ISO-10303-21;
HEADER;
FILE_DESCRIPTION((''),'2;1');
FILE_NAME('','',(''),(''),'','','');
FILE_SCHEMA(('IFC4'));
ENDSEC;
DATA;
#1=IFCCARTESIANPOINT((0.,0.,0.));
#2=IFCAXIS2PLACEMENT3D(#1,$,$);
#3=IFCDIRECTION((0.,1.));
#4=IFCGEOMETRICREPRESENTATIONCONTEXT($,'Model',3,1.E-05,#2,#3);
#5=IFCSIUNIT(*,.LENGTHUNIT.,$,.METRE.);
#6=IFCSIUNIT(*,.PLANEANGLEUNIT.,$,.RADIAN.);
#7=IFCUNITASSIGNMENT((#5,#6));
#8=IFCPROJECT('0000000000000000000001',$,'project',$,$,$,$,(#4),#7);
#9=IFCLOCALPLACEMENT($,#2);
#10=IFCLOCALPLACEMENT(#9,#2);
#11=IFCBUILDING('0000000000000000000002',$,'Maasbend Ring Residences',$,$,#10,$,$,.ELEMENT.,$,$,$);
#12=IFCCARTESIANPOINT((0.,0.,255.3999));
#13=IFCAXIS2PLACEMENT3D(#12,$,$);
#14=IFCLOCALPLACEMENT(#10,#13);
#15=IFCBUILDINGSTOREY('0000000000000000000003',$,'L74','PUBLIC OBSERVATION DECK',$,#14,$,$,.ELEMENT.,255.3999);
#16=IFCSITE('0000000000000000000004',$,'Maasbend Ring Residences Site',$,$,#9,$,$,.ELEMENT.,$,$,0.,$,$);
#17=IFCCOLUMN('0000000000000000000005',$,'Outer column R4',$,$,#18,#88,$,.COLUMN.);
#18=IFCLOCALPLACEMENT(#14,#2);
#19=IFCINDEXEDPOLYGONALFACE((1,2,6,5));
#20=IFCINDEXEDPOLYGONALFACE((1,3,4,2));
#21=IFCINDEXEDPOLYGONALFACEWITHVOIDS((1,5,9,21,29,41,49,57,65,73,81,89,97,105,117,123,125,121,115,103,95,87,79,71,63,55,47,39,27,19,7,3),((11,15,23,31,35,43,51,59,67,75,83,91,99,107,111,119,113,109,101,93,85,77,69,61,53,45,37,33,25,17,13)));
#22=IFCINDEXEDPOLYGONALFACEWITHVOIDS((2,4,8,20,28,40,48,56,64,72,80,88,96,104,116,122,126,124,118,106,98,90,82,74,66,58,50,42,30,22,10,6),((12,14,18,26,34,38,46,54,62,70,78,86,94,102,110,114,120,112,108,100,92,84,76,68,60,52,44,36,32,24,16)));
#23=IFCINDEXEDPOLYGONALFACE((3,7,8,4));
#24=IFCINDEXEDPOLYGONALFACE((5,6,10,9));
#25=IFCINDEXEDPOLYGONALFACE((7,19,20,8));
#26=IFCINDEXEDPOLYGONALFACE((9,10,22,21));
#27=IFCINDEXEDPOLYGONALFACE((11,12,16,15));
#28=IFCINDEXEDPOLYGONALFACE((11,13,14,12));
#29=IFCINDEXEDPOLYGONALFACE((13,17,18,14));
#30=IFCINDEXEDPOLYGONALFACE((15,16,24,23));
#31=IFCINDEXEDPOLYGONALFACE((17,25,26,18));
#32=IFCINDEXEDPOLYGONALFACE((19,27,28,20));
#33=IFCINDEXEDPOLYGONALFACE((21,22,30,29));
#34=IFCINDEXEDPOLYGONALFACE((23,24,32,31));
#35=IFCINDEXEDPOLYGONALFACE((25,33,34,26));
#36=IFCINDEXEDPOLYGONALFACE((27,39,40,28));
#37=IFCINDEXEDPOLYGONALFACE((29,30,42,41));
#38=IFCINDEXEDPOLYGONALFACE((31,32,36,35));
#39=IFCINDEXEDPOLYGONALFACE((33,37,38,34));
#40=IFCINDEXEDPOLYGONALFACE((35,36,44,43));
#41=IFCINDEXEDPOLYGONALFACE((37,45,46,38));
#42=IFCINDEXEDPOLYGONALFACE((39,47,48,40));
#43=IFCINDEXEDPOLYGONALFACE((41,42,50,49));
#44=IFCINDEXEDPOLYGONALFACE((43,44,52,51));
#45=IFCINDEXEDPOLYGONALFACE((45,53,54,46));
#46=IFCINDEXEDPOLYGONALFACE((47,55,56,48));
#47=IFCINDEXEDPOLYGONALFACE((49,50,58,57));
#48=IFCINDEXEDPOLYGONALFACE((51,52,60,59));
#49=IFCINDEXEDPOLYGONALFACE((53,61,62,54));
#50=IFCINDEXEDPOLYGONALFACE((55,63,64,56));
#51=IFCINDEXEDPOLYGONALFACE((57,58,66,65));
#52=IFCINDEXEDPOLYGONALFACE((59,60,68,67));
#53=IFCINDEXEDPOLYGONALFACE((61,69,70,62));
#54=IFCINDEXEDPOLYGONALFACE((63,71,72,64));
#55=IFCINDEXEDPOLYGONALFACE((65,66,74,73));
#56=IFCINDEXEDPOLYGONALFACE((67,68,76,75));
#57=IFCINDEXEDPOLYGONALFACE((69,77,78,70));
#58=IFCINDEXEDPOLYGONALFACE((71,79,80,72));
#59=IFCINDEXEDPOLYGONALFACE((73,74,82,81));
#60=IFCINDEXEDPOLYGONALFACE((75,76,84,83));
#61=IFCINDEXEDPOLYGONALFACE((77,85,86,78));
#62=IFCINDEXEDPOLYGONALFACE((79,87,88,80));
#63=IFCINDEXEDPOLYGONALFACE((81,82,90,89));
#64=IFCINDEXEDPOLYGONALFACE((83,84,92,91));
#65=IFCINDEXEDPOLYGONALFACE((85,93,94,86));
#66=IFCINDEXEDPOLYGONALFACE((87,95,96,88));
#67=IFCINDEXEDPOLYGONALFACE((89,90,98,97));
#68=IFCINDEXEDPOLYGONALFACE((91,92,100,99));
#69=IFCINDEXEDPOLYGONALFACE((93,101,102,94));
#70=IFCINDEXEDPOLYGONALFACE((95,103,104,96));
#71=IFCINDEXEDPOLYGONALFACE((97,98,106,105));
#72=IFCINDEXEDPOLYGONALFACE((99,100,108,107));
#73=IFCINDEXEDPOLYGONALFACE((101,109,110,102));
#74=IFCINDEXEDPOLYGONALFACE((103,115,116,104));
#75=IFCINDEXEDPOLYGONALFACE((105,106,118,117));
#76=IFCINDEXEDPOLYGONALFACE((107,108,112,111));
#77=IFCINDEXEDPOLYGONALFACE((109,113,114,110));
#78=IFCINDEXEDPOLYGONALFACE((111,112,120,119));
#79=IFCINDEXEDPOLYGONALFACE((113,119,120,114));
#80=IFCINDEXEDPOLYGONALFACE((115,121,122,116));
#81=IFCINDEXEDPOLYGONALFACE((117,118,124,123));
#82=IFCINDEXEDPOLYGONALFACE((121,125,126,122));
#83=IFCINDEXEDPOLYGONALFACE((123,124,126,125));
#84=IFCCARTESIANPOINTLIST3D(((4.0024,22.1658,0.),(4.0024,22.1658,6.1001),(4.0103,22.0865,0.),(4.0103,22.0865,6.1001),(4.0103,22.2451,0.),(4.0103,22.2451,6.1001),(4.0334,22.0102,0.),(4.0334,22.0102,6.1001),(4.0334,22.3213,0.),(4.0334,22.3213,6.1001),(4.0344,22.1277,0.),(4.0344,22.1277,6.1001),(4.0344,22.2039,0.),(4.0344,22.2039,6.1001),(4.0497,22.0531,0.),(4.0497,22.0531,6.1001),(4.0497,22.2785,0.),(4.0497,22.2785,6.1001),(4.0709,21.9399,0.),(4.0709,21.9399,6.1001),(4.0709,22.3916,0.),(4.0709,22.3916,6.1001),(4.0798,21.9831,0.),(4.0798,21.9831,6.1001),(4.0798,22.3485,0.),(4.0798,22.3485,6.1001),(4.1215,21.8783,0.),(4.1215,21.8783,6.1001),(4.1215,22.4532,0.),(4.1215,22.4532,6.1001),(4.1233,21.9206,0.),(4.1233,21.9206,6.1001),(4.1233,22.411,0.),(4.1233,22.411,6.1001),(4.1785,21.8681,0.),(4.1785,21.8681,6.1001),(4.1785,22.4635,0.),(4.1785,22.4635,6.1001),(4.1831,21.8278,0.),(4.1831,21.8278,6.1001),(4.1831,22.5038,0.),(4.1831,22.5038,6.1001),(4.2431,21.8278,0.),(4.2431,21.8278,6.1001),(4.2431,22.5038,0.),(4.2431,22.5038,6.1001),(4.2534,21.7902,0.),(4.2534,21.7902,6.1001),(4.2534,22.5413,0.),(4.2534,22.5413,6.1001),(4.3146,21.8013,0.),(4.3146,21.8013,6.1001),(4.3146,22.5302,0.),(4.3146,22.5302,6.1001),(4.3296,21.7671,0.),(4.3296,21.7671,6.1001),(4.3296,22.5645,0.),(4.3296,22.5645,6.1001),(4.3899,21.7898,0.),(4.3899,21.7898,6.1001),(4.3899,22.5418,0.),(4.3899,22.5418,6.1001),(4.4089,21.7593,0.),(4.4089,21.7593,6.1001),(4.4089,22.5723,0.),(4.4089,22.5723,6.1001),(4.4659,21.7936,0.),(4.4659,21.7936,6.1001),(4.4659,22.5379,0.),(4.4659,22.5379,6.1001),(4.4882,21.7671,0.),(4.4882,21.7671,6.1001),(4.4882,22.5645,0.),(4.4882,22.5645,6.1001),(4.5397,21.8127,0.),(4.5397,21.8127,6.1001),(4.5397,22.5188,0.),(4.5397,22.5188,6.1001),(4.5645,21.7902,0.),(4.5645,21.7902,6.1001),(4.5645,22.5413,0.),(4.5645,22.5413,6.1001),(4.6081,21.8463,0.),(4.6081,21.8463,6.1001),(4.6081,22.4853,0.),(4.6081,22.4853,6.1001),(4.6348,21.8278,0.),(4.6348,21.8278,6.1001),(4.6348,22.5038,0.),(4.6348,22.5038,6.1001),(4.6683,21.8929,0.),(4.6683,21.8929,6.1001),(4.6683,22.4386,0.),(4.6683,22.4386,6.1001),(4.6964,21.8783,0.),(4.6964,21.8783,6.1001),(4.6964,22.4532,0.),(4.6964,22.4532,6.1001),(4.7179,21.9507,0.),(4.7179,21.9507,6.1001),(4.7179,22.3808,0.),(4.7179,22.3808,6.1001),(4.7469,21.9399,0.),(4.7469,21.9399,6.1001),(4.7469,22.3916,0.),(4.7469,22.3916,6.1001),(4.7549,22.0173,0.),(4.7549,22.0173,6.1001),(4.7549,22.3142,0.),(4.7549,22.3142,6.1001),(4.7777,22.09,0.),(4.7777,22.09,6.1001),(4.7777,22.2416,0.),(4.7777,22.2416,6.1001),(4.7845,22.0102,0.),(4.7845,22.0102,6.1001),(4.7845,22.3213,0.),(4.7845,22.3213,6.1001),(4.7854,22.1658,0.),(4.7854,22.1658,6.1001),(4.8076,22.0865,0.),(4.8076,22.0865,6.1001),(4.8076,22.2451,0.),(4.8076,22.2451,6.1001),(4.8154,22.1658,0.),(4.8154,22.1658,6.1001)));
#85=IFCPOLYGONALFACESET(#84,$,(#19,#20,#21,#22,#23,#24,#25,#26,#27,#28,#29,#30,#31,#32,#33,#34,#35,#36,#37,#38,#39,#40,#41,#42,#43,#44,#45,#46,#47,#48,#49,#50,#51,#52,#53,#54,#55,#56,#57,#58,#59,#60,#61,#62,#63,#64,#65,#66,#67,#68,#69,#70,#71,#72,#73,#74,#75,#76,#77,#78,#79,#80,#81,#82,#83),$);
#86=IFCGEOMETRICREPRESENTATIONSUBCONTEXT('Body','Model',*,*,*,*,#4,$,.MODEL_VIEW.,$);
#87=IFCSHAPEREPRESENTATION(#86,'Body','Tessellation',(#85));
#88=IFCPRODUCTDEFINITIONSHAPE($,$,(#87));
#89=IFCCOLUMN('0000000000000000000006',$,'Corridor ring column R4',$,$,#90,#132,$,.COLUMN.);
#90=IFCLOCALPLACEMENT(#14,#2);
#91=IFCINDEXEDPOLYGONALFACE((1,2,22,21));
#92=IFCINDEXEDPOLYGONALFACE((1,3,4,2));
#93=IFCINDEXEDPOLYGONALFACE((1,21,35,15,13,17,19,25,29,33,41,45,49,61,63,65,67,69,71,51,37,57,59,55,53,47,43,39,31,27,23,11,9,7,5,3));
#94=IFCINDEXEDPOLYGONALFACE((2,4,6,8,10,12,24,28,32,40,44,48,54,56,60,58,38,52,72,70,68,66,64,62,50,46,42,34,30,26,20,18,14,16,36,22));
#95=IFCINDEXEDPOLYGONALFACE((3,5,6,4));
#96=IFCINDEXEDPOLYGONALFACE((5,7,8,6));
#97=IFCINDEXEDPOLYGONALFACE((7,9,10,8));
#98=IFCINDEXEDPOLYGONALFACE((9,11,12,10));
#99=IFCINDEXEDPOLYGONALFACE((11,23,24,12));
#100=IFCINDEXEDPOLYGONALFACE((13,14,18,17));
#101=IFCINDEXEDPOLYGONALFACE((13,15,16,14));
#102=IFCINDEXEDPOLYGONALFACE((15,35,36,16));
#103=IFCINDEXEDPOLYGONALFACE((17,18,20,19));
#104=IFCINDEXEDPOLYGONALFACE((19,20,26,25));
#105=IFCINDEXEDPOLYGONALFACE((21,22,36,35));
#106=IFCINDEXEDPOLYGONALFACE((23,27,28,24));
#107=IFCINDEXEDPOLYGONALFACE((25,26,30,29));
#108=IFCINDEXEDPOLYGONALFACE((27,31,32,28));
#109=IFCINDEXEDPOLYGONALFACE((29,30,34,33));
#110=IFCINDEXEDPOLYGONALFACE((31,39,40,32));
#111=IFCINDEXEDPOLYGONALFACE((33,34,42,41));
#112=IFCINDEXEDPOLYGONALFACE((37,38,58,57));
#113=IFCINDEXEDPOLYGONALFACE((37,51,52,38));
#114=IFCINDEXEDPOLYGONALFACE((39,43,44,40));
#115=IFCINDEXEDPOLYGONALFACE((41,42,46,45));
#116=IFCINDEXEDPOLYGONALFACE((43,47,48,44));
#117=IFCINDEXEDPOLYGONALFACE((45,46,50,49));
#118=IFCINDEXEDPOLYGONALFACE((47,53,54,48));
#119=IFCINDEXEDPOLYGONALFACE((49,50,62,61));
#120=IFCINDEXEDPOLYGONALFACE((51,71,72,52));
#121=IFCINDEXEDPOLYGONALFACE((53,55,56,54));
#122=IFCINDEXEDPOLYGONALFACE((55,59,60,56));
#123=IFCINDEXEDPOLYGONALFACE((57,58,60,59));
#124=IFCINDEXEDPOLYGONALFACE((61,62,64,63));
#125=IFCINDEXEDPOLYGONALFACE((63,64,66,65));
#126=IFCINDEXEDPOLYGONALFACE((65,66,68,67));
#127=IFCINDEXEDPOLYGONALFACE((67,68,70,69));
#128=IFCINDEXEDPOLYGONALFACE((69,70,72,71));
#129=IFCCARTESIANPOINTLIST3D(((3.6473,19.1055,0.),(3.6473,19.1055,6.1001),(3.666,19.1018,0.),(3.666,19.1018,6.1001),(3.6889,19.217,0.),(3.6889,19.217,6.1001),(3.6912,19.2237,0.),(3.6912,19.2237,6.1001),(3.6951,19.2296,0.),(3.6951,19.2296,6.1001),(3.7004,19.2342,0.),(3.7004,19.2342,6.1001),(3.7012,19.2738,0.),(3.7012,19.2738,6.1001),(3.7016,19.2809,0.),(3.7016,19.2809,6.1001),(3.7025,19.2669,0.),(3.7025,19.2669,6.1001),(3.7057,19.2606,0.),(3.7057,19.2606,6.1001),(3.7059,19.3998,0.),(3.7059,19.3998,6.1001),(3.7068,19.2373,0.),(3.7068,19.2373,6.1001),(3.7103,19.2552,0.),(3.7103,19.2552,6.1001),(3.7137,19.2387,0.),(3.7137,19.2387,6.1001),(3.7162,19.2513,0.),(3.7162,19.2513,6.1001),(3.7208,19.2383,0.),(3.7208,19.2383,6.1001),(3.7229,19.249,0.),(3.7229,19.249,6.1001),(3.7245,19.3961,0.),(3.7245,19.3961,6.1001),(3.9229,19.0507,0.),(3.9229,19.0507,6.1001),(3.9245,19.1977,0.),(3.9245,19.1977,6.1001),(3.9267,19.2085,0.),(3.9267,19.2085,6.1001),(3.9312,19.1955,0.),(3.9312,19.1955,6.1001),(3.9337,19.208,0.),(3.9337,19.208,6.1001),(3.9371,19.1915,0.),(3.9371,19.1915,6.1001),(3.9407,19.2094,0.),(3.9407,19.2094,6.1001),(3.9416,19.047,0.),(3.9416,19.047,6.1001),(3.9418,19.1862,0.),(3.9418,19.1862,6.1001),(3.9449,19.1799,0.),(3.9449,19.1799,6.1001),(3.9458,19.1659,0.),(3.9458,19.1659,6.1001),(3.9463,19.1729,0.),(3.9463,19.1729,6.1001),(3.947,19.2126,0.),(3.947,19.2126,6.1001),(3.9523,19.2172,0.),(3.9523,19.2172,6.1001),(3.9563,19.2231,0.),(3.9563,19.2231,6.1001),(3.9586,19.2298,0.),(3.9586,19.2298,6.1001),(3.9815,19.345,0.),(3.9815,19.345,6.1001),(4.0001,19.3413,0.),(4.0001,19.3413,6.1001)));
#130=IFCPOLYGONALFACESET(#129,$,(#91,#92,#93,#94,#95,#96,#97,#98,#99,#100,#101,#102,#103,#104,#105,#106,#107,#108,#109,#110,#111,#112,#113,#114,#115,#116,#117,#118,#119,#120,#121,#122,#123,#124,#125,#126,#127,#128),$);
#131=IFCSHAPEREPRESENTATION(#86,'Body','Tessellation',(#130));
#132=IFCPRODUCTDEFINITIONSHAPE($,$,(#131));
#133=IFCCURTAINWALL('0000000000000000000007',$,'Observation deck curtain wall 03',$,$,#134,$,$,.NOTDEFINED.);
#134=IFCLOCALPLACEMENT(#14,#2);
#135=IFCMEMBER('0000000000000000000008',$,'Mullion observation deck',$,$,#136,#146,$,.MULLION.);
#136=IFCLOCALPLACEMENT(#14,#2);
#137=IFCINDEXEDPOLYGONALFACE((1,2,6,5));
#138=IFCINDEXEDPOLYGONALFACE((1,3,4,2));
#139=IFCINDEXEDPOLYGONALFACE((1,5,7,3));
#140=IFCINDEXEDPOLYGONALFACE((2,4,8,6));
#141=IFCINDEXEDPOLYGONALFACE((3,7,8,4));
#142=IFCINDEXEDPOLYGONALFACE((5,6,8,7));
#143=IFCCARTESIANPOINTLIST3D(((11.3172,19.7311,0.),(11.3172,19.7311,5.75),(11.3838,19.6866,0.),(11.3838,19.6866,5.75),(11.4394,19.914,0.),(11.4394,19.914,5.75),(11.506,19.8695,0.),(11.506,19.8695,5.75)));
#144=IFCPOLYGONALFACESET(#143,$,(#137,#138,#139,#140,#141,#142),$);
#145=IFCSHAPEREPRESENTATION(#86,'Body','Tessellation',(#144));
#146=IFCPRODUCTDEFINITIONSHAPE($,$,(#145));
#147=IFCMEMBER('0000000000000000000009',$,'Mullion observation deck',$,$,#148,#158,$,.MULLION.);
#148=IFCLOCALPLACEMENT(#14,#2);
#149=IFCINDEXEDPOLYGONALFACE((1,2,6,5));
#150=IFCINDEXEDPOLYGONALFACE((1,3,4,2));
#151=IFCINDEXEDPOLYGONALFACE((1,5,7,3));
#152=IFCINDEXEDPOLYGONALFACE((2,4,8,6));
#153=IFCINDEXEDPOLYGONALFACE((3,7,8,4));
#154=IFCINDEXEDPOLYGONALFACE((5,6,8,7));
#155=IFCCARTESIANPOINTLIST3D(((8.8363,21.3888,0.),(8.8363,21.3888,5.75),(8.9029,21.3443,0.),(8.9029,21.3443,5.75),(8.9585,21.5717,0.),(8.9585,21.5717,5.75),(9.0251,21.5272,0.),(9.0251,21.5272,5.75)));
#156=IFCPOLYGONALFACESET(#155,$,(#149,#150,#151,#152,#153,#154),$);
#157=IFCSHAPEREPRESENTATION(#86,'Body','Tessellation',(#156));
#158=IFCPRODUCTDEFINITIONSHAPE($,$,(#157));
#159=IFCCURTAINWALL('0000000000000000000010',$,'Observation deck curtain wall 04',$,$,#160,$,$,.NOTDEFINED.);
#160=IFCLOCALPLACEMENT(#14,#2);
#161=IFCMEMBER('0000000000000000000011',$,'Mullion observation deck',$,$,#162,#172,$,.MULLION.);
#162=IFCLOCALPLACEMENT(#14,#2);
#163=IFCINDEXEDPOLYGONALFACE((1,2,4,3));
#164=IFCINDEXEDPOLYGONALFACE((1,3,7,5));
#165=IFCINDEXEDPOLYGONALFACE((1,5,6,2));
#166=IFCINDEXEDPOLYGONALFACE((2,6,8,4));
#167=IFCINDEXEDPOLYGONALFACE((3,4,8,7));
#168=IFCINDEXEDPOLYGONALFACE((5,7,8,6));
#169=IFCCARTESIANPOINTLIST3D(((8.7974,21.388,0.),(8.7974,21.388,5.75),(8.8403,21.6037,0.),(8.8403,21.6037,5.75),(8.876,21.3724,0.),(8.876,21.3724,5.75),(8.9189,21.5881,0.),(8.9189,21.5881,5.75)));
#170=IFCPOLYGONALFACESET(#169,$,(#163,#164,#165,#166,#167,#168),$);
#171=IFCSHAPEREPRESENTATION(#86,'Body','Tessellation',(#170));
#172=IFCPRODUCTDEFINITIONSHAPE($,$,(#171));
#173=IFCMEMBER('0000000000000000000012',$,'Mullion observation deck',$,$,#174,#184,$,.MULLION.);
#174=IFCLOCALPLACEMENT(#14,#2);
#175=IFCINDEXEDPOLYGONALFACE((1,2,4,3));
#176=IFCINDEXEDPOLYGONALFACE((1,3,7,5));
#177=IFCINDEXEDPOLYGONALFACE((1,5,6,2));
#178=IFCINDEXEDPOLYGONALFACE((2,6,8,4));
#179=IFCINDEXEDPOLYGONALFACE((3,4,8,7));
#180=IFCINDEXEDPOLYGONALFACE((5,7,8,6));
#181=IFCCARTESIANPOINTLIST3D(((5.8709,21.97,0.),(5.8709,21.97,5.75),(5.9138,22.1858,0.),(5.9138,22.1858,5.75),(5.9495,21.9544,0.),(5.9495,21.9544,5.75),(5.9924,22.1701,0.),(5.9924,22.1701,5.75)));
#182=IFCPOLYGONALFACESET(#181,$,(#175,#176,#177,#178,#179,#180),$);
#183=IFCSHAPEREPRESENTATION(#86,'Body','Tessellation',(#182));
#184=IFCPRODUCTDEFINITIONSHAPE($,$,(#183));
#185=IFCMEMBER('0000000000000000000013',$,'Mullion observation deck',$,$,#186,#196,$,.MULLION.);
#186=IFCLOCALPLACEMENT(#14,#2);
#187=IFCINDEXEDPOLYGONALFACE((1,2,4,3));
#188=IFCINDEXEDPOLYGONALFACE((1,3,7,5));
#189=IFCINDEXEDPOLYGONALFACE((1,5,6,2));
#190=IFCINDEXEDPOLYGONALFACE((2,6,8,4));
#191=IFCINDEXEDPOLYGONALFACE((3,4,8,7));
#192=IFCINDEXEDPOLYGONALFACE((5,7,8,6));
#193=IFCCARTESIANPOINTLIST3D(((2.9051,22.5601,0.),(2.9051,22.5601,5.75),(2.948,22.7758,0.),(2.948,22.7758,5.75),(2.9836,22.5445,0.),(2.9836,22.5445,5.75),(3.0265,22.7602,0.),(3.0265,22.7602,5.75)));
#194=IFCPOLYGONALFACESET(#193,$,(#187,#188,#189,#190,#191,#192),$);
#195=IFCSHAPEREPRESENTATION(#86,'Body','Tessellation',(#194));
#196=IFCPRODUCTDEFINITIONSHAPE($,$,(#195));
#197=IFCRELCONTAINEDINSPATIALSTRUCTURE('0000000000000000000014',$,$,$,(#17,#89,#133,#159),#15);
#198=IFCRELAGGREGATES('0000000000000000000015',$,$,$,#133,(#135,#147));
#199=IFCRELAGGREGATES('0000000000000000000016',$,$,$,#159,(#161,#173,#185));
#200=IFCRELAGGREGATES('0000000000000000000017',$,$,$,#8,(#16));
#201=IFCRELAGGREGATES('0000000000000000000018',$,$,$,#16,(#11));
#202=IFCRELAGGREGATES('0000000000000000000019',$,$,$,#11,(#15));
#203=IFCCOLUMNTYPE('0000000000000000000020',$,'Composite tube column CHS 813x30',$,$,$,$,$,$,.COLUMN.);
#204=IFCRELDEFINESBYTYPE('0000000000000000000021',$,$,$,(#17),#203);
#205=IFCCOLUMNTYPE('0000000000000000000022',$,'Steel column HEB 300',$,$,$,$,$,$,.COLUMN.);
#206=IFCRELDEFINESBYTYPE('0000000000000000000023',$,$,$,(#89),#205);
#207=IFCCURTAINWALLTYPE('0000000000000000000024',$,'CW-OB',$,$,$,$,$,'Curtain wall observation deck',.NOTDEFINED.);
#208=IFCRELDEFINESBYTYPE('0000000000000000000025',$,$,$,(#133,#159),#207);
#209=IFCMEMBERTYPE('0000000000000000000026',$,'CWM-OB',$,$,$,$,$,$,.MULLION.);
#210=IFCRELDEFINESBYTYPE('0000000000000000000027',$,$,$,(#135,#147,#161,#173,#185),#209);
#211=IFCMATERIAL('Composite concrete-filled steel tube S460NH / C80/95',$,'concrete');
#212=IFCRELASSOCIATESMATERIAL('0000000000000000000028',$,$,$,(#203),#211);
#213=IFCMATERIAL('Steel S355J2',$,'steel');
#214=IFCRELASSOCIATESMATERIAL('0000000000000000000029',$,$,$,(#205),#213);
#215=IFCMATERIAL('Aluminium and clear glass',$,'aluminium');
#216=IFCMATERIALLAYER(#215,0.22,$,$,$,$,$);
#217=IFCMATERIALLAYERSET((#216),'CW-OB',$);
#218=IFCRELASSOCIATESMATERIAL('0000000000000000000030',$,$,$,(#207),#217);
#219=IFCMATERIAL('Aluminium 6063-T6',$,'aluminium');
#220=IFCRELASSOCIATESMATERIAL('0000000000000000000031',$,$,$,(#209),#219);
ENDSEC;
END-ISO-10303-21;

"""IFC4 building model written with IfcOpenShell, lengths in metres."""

from ifc_helpers import new_model, si_unit, direction, frame, origin, origin_2d, place, context, subcontext, project, spatial, rectangle, hollow_circle, i_section, extrude, material, layer, layer_set, material_profile, profile_set, type_object, element, aggregate, save


model = new_model("IFC4")

# Units and contexts
model_context = context("Model", 3, precision=1e-05, world=origin(), true_north=direction((0.0, 1.0)))
body_context = subcontext(model_context, "Body", "Model", "MODEL_VIEW")
ifc_project = project(units=[si_unit("LENGTHUNIT", "METRE"), si_unit("PLANEANGLEUNIT", "RADIAN")], contexts=[model_context])

# Site, building, storey
site_placement = place(None, origin())
site = spatial("IfcSite", under=ifc_project, at=site_placement, Name="Maasbend Ring Residences Site", CompositionType="ELEMENT", RefElevation=0.0)
building_placement = place(site_placement, origin())
building = spatial("IfcBuilding", under=site, at=building_placement, Name="Maasbend Ring Residences", CompositionType="ELEMENT")
storey_placement = place(building_placement, frame((0.0, 0.0, 255.3999)))
storey = spatial("IfcBuildingStorey", under=building, at=storey_placement, Name="L74", Description="PUBLIC OBSERVATION DECK", CompositionType="ELEMENT", Elevation=255.3999)

# Columns
ifc_material_1 = material(Name="Composite concrete-filled steel tube S460NH / C80/95", Category="concrete")
ifc_material_profile_1 = material_profile(ifc_material_1, hollow_circle(Radius=0.4065, WallThickness=0.03, at=origin_2d()), Name="Composite tube column CHS 813x30")
ifc_profile_set_1 = profile_set([ifc_material_profile_1], Name="Composite concrete-filled steel tube S460NH / C80/95")
column_type_1 = type_object("IfcColumnType", Name="Composite tube column CHS 813x30", PredefinedType="COLUMN", material=ifc_profile_set_1)
column_1_placement = place(storey_placement, frame((4.4089, 22.1658, 0.0), z_axis=(0.0, 0.0, 1.0), x_axis=(1.0, 0.0, 0.0)))
element("IfcColumn", 1, at=column_1_placement, inside=storey, type_object=column_type_1, Name="Outer column R4", PredefinedType="COLUMN", context=body_context, shape_type="SweptSolid", body=[
    extrude(hollow_circle(Radius=0.4065, WallThickness=0.03, at=origin_2d()), origin(), (0.0, 0.0, 1.0), 6.1001),
])
ifc_material_2 = material(Name="Steel S355J2", Category="steel")
ifc_material_profile_2 = material_profile(ifc_material_2, i_section(OverallWidth=0.3, OverallDepth=0.3, WebThickness=0.011, FlangeThickness=0.019, FilletRadius=0.0271, at=origin_2d()), Name="HEB 300")
ifc_profile_set_2 = profile_set([ifc_material_profile_2], Name="Steel S355J2")
column_type_2 = type_object("IfcColumnType", Name="Steel column HEB 300", PredefinedType="COLUMN", material=ifc_profile_set_2)
column_2_placement = place(storey_placement, frame((3.8237, 19.2234, 0.0), z_axis=(0.0, 0.0, 1.0), x_axis=(0.19509, 0.980785, 0.0)))
element("IfcColumn", 2, at=column_2_placement, inside=storey, type_object=column_type_2, Name="Corridor ring column R4", PredefinedType="COLUMN", context=body_context, shape_type="SweptSolid", body=[
    extrude(i_section(OverallWidth=0.3, OverallDepth=0.3, WebThickness=0.011, FlangeThickness=0.019, FilletRadius=0.0271, at=origin_2d()), origin(), (0.0, 0.0, 1.0), 6.1001),
])

# Curtain walls, members
ifc_material_3 = material(Name="Aluminium and clear glass", Category="aluminium")
ifc_layer_1 = layer(ifc_material_3, 0.22)
ifc_layer_set_1 = layer_set([ifc_layer_1], Name="CW-OB")
curtain_wall_type = type_object("IfcCurtainWallType", Name="CW-OB", ElementType="Curtain wall observation deck", PredefinedType="NOTDEFINED", material=ifc_layer_set_1)
curtain_wall_1_placement = place(storey_placement, origin())
curtain_wall_1 = element("IfcCurtainWall", 3, at=curtain_wall_1_placement, inside=storey, type_object=curtain_wall_type, Name="Observation deck curtain wall 03", PredefinedType="NOTDEFINED")
ifc_material_4 = material(Name="Aluminium 6063-T6", Category="aluminium")
ifc_material_profile_3 = material_profile(ifc_material_4, rectangle(XDim=0.22, YDim=0.0801, at=origin_2d()), Name="AL 220x80")
ifc_profile_set_3 = profile_set([ifc_material_profile_3], Name="Aluminium 6063-T6")
member_type_1 = type_object("IfcMemberType", Name="CWM-OB", PredefinedType="MULLION", material=ifc_profile_set_3)
member_1_placement = place(storey_placement, frame((11.4116, 19.8003, 0.0), z_axis=(0.0, 0.0, 1.0), x_axis=(-0.55557, -0.83147, 0.0)))
member_1 = element("IfcMember", 4, at=member_1_placement, type_object=member_type_1, Name="Mullion observation deck", PredefinedType="MULLION", context=body_context, shape_type="SweptSolid", body=[
    extrude(rectangle(XDim=0.22, YDim=0.0801, at=origin_2d()), origin(), (0.0, 0.0, 1.0), 5.75),
])
member_2_placement = place(storey_placement, frame((8.9307, 21.458, 0.0), z_axis=(0.0, 0.0, 1.0), x_axis=(-0.55557, -0.83147, 0.0)))
member_2 = element("IfcMember", 5, at=member_2_placement, type_object=member_type_1, Name="Mullion observation deck", PredefinedType="MULLION", context=body_context, shape_type="SweptSolid", body=[
    extrude(rectangle(XDim=0.22, YDim=0.0801, at=origin_2d()), origin(), (0.0, 0.0, 1.0), 5.75),
])
curtain_wall_2_placement = place(storey_placement, origin())
curtain_wall_2 = element("IfcCurtainWall", 6, at=curtain_wall_2_placement, inside=storey, type_object=curtain_wall_type, Name="Observation deck curtain wall 04", PredefinedType="NOTDEFINED")
member_3_placement = place(storey_placement, frame((8.8582, 21.488, 0.0), z_axis=(0.0, 0.0, 1.0), x_axis=(-0.19509, -0.980785, 0.0)))
member_3 = element("IfcMember", 7, at=member_3_placement, type_object=member_type_1, Name="Mullion observation deck", PredefinedType="MULLION", context=body_context, shape_type="SweptSolid", body=[
    extrude(rectangle(XDim=0.22, YDim=0.0801, at=origin_2d()), origin(), (0.0, 0.0, 1.0), 5.75),
])
member_4_placement = place(storey_placement, frame((5.9316, 22.0701, 0.0), z_axis=(0.0, 0.0, 1.0), x_axis=(-0.19509, -0.980785, 0.0)))
member_4 = element("IfcMember", 8, at=member_4_placement, type_object=member_type_1, Name="Mullion observation deck", PredefinedType="MULLION", context=body_context, shape_type="SweptSolid", body=[
    extrude(rectangle(XDim=0.22, YDim=0.0801, at=origin_2d()), origin(), (0.0, 0.0, 1.0), 5.75),
])
member_5_placement = place(storey_placement, frame((2.9658, 22.6602, 0.0), z_axis=(0.0, 0.0, 1.0), x_axis=(-0.19509, -0.980785, 0.0)))
member_5 = element("IfcMember", 9, at=member_5_placement, type_object=member_type_1, Name="Mullion observation deck", PredefinedType="MULLION", context=body_context, shape_type="SweptSolid", body=[
    extrude(rectangle(XDim=0.22, YDim=0.0801, at=origin_2d()), origin(), (0.0, 0.0, 1.0), 5.75),
])

aggregate(curtain_wall_1, [member_1, member_2])
aggregate(curtain_wall_2, [member_3, member_4, member_5])

save(model, "model.ifc")
